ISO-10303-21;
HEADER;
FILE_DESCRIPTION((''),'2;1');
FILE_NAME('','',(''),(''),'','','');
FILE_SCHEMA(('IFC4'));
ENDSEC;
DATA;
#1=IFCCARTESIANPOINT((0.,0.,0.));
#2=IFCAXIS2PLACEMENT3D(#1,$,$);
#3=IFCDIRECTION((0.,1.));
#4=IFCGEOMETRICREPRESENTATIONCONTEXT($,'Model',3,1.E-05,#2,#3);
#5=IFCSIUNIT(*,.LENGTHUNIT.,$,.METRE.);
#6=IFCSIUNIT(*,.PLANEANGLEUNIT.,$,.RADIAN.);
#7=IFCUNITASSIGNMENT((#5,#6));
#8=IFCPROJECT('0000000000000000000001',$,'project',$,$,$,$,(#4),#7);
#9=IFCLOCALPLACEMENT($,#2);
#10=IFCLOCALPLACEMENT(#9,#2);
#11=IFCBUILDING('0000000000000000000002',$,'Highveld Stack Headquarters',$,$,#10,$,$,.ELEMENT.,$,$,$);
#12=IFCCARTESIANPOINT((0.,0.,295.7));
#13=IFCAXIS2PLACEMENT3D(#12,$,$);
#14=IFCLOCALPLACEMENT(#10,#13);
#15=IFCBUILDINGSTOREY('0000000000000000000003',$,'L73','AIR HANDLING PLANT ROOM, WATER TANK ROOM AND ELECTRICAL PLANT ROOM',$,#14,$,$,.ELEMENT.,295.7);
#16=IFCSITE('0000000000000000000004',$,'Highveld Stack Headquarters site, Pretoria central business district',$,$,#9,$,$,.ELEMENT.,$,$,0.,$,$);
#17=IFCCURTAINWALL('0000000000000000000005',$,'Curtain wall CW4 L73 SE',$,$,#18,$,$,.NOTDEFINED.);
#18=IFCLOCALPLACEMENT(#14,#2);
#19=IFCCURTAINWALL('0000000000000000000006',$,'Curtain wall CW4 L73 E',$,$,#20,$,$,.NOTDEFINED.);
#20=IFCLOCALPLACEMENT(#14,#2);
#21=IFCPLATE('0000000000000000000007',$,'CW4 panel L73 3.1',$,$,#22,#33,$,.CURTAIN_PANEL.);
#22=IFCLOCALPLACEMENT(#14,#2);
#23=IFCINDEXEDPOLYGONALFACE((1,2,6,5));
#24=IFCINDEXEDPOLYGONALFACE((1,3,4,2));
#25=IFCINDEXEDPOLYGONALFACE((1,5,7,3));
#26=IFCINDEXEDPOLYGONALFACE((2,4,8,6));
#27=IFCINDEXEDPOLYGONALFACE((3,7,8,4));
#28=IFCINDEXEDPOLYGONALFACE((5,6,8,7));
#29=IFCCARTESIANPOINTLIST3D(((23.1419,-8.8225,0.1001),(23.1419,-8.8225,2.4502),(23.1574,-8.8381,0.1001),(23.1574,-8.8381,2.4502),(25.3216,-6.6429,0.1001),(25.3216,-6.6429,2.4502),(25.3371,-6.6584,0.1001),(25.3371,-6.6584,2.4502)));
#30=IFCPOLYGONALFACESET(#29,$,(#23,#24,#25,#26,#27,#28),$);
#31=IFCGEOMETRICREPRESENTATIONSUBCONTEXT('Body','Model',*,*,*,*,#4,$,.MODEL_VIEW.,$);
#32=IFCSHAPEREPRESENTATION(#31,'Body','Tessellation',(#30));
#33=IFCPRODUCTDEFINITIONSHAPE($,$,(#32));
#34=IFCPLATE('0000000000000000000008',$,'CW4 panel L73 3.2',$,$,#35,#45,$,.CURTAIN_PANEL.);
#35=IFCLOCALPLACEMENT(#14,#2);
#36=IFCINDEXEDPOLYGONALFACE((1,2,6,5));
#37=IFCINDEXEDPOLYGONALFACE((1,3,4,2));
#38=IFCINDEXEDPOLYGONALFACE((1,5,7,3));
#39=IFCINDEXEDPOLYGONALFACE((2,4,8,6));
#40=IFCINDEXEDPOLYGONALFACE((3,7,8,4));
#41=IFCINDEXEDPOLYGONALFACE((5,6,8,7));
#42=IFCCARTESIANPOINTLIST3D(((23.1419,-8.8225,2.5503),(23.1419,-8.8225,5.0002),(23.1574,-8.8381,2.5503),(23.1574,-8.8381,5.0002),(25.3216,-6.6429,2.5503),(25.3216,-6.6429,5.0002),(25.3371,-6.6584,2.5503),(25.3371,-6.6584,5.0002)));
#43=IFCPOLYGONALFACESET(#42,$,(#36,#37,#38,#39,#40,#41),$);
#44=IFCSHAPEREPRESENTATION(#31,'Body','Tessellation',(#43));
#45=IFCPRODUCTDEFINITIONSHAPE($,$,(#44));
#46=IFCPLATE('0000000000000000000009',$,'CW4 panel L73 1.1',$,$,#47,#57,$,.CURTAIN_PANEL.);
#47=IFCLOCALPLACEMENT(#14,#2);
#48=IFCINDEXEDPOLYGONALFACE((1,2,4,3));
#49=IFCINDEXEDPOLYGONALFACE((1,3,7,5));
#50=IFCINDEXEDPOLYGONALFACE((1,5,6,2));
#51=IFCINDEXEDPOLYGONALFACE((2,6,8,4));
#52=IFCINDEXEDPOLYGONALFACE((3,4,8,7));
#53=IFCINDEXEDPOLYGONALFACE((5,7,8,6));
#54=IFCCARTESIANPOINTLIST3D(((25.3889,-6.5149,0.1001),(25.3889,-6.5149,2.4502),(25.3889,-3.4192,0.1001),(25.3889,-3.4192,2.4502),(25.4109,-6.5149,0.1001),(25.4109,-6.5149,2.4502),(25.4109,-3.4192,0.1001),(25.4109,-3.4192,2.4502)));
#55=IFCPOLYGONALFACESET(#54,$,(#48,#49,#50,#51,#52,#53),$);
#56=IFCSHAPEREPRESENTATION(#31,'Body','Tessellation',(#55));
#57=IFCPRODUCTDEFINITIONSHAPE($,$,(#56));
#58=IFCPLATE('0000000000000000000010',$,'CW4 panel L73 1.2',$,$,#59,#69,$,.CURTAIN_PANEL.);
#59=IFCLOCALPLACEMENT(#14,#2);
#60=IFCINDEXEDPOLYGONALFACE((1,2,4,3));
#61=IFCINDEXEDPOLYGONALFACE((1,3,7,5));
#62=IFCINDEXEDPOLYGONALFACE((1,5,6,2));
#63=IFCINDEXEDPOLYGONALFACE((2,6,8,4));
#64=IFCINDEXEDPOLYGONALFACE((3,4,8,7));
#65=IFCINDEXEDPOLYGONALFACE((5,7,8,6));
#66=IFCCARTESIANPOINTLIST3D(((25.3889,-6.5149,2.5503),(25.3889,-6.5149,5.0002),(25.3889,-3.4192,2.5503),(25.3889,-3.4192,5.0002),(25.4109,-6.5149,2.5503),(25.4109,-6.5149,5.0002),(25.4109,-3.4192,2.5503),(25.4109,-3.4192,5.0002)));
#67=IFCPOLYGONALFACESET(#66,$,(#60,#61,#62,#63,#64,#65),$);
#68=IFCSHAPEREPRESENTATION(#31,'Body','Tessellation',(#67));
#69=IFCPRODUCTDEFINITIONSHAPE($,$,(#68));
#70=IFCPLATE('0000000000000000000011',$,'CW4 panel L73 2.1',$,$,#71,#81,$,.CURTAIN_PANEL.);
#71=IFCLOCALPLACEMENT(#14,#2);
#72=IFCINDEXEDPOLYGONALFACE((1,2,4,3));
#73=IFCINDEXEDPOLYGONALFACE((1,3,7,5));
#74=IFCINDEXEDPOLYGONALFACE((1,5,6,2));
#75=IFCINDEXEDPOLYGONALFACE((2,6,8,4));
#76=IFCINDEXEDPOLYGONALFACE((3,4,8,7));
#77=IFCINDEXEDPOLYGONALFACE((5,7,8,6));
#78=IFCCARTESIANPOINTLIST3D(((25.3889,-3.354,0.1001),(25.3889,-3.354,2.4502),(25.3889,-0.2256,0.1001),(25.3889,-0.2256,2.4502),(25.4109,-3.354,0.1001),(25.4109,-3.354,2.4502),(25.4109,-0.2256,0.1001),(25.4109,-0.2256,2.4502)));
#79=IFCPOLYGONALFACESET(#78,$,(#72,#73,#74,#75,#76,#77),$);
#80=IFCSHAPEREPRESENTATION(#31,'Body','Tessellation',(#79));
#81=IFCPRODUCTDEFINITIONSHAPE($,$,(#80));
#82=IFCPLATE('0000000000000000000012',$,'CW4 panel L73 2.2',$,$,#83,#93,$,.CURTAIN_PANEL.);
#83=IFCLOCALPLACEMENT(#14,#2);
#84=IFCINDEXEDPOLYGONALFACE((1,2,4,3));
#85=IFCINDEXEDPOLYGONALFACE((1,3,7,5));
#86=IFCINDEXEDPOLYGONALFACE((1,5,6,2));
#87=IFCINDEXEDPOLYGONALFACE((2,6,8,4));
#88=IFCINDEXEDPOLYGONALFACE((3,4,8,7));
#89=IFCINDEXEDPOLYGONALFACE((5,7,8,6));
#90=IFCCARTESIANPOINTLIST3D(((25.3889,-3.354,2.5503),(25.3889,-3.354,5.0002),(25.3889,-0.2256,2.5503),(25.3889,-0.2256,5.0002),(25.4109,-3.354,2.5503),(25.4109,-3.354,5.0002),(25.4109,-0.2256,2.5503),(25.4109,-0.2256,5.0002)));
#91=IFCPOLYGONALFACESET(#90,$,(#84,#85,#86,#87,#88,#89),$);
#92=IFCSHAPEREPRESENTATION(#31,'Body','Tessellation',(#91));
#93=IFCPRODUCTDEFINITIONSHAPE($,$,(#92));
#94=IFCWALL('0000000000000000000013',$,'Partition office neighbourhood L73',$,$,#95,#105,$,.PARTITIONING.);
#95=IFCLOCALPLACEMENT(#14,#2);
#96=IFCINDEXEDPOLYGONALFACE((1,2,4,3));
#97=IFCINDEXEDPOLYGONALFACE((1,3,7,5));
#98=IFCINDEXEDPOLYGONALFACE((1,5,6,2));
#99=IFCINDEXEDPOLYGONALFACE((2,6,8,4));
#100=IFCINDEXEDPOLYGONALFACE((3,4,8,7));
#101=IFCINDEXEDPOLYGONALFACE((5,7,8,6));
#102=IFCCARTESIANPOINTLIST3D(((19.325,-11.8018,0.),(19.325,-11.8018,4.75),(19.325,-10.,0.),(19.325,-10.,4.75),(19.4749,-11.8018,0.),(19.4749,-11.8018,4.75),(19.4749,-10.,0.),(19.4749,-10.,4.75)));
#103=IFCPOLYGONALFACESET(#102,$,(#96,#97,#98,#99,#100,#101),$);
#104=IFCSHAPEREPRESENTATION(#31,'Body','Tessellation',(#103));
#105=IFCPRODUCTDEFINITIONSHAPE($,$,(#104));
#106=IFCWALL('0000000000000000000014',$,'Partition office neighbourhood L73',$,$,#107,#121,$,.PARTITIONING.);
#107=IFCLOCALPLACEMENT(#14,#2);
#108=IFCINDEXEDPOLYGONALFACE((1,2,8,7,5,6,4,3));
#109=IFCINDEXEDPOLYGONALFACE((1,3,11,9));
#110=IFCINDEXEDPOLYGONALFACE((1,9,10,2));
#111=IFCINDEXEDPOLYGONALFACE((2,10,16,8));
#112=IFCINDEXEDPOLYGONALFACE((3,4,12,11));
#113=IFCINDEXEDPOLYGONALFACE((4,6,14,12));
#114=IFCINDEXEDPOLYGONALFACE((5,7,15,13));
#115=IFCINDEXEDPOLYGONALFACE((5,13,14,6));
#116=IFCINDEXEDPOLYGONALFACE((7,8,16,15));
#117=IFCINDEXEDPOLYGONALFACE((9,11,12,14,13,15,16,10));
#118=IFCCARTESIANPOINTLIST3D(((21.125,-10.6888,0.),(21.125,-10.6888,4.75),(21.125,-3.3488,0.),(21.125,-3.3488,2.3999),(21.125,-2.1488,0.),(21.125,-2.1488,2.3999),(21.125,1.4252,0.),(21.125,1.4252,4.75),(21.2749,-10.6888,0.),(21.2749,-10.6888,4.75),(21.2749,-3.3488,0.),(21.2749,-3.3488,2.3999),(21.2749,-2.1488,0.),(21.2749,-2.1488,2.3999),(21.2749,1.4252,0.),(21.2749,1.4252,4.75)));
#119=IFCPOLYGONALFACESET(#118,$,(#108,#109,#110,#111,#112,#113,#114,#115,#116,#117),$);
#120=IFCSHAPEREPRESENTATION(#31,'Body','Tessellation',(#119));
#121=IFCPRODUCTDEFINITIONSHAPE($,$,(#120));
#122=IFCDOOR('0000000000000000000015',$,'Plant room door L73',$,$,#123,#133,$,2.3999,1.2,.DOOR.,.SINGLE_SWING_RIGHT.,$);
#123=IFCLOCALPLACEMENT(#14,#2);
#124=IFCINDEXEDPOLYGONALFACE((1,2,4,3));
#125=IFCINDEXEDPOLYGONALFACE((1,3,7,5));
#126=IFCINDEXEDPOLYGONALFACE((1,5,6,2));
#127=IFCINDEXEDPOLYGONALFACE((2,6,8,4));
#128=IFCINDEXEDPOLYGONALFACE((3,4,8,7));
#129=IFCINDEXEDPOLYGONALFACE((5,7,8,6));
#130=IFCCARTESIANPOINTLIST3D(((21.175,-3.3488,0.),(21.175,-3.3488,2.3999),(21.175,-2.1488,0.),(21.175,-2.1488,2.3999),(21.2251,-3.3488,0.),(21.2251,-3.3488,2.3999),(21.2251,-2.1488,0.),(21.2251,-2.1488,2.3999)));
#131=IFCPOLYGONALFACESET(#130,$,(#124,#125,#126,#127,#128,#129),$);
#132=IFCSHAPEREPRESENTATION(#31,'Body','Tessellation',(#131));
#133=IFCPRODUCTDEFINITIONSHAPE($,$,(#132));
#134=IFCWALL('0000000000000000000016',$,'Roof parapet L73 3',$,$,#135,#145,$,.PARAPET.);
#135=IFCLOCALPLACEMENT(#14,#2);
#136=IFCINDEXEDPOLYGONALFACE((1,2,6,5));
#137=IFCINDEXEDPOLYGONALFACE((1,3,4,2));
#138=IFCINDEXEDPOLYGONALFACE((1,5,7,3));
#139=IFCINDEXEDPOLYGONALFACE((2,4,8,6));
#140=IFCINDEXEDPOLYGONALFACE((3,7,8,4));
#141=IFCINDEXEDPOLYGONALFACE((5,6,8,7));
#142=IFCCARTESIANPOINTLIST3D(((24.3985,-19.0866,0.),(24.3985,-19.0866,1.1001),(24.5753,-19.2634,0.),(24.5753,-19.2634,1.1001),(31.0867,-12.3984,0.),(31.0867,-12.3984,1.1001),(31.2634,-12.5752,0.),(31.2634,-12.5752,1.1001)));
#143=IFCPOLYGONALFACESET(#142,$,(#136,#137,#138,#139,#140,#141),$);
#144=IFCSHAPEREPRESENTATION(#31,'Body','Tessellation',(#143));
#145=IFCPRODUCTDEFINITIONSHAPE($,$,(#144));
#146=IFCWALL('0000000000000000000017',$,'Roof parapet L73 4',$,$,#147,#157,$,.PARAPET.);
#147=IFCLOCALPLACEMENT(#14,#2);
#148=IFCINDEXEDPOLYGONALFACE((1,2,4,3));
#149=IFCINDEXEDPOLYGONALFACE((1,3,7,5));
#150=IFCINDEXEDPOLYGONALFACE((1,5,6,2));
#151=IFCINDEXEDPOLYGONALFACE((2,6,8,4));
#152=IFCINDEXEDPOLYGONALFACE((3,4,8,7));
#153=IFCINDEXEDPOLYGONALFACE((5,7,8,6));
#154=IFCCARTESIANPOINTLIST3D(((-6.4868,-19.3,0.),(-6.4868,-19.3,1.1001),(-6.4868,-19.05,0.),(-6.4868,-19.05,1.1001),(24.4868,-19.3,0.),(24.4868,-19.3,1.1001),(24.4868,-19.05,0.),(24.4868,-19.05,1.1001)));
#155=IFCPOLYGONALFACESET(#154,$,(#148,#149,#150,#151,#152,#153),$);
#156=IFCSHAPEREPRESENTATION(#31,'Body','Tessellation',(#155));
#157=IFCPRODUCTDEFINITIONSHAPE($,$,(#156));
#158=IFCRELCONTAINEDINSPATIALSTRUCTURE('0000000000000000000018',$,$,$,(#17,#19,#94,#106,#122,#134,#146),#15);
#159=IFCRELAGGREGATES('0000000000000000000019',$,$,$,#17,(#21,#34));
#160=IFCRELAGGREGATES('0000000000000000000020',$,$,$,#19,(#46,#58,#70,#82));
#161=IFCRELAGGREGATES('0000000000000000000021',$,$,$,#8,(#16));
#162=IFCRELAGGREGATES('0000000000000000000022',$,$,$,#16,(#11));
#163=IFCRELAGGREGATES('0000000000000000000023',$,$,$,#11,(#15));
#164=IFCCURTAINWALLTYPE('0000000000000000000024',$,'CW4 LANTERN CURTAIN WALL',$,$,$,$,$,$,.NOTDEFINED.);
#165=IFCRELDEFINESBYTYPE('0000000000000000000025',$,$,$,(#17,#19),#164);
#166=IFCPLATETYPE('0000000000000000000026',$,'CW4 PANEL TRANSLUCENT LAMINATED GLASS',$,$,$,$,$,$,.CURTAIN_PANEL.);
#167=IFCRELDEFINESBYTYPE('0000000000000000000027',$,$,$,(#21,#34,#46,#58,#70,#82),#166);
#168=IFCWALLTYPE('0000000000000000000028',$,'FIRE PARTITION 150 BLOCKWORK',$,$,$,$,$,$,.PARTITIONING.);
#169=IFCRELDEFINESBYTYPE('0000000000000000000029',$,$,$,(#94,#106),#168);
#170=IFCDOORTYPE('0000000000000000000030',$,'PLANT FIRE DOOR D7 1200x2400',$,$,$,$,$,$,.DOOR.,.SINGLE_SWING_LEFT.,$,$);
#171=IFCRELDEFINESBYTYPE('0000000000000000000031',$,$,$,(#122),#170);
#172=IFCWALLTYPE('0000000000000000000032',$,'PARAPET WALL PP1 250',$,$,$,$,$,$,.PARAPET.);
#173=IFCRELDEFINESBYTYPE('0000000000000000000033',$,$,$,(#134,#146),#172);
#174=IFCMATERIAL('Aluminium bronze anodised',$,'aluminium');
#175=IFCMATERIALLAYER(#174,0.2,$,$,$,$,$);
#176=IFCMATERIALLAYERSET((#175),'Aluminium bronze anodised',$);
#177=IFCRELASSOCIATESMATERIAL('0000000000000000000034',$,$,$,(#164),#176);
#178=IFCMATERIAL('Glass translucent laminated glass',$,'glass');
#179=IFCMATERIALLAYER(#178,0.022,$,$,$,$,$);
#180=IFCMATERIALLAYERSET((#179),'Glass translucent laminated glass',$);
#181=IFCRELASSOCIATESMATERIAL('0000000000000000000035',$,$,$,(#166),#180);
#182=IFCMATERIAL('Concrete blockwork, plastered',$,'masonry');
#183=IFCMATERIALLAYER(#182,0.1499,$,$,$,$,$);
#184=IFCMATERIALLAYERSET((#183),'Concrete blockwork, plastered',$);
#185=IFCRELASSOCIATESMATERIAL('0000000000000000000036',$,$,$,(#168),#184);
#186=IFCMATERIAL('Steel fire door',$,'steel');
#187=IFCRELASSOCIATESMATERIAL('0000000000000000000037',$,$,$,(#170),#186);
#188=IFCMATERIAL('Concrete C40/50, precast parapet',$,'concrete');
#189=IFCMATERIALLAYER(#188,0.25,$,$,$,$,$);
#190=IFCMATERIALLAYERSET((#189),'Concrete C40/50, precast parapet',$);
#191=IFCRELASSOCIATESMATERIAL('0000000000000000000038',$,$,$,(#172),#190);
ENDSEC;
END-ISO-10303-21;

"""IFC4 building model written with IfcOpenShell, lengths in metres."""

from ifc_helpers import new_model, si_unit, direction, frame, frame_2d, origin, origin_2d, place, context, subcontext, project, spatial, rectangle, extrude, material, layer, layer_set, type_object, element, fill, aggregate, save


model = new_model("IFC4")

# Units and contexts
model_context = context("Model", 3, precision=1e-05, world=origin(), true_north=direction((0.0, 1.0)))
body_context = subcontext(model_context, "Body", "Model", "MODEL_VIEW")
ifc_project = project(units=[si_unit("LENGTHUNIT", "METRE"), si_unit("PLANEANGLEUNIT", "RADIAN")], contexts=[model_context])

# Site, building, storey
site_placement = place(None, origin())
site = spatial("IfcSite", under=ifc_project, at=site_placement, Name="Highveld Stack Headquarters site, Pretoria central business district", CompositionType="ELEMENT", RefElevation=0.0)
building_placement = place(site_placement, origin())
building = spatial("IfcBuilding", under=site, at=building_placement, Name="Highveld Stack Headquarters", CompositionType="ELEMENT")
storey_placement = place(building_placement, frame((0.0, 0.0, 295.7)))
storey = spatial("IfcBuildingStorey", under=building, at=storey_placement, Name="L73", Description="AIR HANDLING PLANT ROOM, WATER TANK ROOM AND ELECTRICAL PLANT ROOM", CompositionType="ELEMENT", Elevation=295.7)

# Curtain walls
ifc_material_1 = material(Name="Aluminium bronze anodised", Category="aluminium")
ifc_layer_1 = layer(ifc_material_1, 0.2)
ifc_layer_set_1 = layer_set([ifc_layer_1], Name="Aluminium bronze anodised")
curtain_wall_type = type_object("IfcCurtainWallType", Name="CW4 LANTERN CURTAIN WALL", PredefinedType="NOTDEFINED", material=ifc_layer_set_1)
curtain_wall_1_placement = place(storey_placement, origin())
curtain_wall_1 = element("IfcCurtainWall", 1, at=curtain_wall_1_placement, inside=storey, type_object=curtain_wall_type, Name="Curtain wall CW4 L73 SE", PredefinedType="NOTDEFINED")
curtain_wall_2_placement = place(storey_placement, origin())
curtain_wall_2 = element("IfcCurtainWall", 2, at=curtain_wall_2_placement, inside=storey, type_object=curtain_wall_type, Name="Curtain wall CW4 L73 E", PredefinedType="NOTDEFINED")

# Plates
ifc_material_2 = material(Name="Glass translucent laminated glass", Category="glass")
ifc_layer_2 = layer(ifc_material_2, 0.022)
ifc_layer_set_2 = layer_set([ifc_layer_2], Name="Glass translucent laminated glass")
plate_type = type_object("IfcPlateType", Name="CW4 PANEL TRANSLUCENT LAMINATED GLASS", PredefinedType="CURTAIN_PANEL", material=ifc_layer_set_2)
plate_1_placement = place(storey_placement, frame((24.2395, -7.7405, 0.1001), z_axis=(0.0, 0.0, 1.0), x_axis=(0.707107, 0.707107, 0.0)))
plate_1 = element("IfcPlate", 3, at=plate_1_placement, type_object=plate_type, Name="CW4 panel L73 3.1", PredefinedType="CURTAIN_PANEL", context=body_context, shape_type="SweptSolid", body=[
    extrude(rectangle(XDim=3.0825, YDim=0.022, at=origin_2d()), origin(), (0.0, 0.0, 1.0), 2.3501),
])
plate_2_placement = place(storey_placement, frame((24.2395, -7.7405, 2.5503), z_axis=(0.0, 0.0, 1.0), x_axis=(0.707107, 0.707107, 0.0)))
plate_2 = element("IfcPlate", 4, at=plate_2_placement, type_object=plate_type, Name="CW4 panel L73 3.2", PredefinedType="CURTAIN_PANEL", context=body_context, shape_type="SweptSolid", body=[
    extrude(rectangle(XDim=3.0825, YDim=0.022, at=origin_2d()), origin(), (0.0, 0.0, 1.0), 2.45),
])
aggregate(curtain_wall_1, [plate_1, plate_2])
plate_3_placement = place(storey_placement, frame((25.3999, -4.967, 0.1001), z_axis=(0.0, 0.0, 1.0), x_axis=(0.0, 1.0, 0.0)))
plate_3 = element("IfcPlate", 5, at=plate_3_placement, type_object=plate_type, Name="CW4 panel L73 1.1", PredefinedType="CURTAIN_PANEL", context=body_context, shape_type="SweptSolid", body=[
    extrude(rectangle(XDim=3.0957, YDim=0.022, at=origin_2d()), origin(), (0.0, 0.0, 1.0), 2.3501),
])
plate_4_placement = place(storey_placement, frame((25.3999, -4.967, 2.5503), z_axis=(0.0, 0.0, 1.0), x_axis=(0.0, 1.0, 0.0)))
plate_4 = element("IfcPlate", 6, at=plate_4_placement, type_object=plate_type, Name="CW4 panel L73 1.2", PredefinedType="CURTAIN_PANEL", context=body_context, shape_type="SweptSolid", body=[
    extrude(rectangle(XDim=3.0957, YDim=0.022, at=origin_2d()), origin(), (0.0, 0.0, 1.0), 2.45),
])
plate_5_placement = place(storey_placement, frame((25.3999, -1.7898, 0.1001), z_axis=(0.0, 0.0, 1.0), x_axis=(0.0, 1.0, 0.0)))
plate_5 = element("IfcPlate", 7, at=plate_5_placement, type_object=plate_type, Name="CW4 panel L73 2.1", PredefinedType="CURTAIN_PANEL", context=body_context, shape_type="SweptSolid", body=[
    extrude(rectangle(XDim=3.1284, YDim=0.022, at=origin_2d()), origin(), (0.0, 0.0, 1.0), 2.3501),
])
plate_6_placement = place(storey_placement, frame((25.3999, -1.7898, 2.5503), z_axis=(0.0, 0.0, 1.0), x_axis=(0.0, 1.0, 0.0)))
plate_6 = element("IfcPlate", 8, at=plate_6_placement, type_object=plate_type, Name="CW4 panel L73 2.2", PredefinedType="CURTAIN_PANEL", context=body_context, shape_type="SweptSolid", body=[
    extrude(rectangle(XDim=3.1284, YDim=0.022, at=origin_2d()), origin(), (0.0, 0.0, 1.0), 2.45),
])
aggregate(curtain_wall_2, [plate_3, plate_4, plate_5, plate_6])

# Wall
ifc_material_3 = material(Name="Concrete blockwork, plastered", Category="masonry")
ifc_layer_3 = layer(ifc_material_3, 0.1499)
ifc_layer_set_3 = layer_set([ifc_layer_3], Name="Concrete blockwork, plastered")
wall_type_1 = type_object("IfcWallType", Name="FIRE PARTITION 150 BLOCKWORK", PredefinedType="PARTITIONING", material=ifc_layer_set_3)
wall_1_placement = place(storey_placement, frame((19.3999, -11.8018, 0.0), z_axis=(0.0, 0.0, 1.0), x_axis=(0.0, 1.0, 0.0)))
element("IfcWall", 9, at=wall_1_placement, inside=storey, type_object=wall_type_1, Name="Partition office neighbourhood L73", PredefinedType="PARTITIONING", context=body_context, shape_type="SweptSolid", body=[
    extrude(rectangle(XDim=1.8018, YDim=0.1499, at=frame_2d((0.9009, 0.0))), origin(), (0.0, 0.0, 1.0), 4.75),
])

# Wall, opening, door
wall_2_placement = place(storey_placement, frame((21.2, -10.689, 0.0), z_axis=(0.0, 0.0, 1.0), x_axis=(0.0, 1.0, 0.0)))
wall_2 = element("IfcWall", 10, at=wall_2_placement, inside=storey, type_object=wall_type_1, Name="Partition office neighbourhood L73", PredefinedType="PARTITIONING", context=body_context, shape_type="SweptSolid", body=[
    extrude(rectangle(XDim=12.114, YDim=0.1499, at=frame_2d((6.0571, 0.0))), origin(), (0.0, 0.0, 1.0), 4.75),
])
opening_placement = place(wall_2_placement, frame((7.3401, 0.0, 0.0)))
opening = element("IfcOpeningElement", 11, at=opening_placement, cuts=wall_2, PredefinedType="OPENING", context=body_context, shape_type="SweptSolid", body=[
    extrude(rectangle(XDim=1.2, YDim=2.3999, at=frame_2d((0.6001, 1.2))), frame((0.0, 0.085, 0.0), z_axis=(0.0, -1.0, 0.0), x_axis=(1.0, 0.0, 0.0)), (0.0, 0.0, 1.0), 0.1699),
])
ifc_material_4 = material(Name="Steel fire door", Category="steel")
door_type = type_object("IfcDoorType", Name="PLANT FIRE DOOR D7 1200x2400", OperationType="SINGLE_SWING_LEFT", PredefinedType="DOOR", material=ifc_material_4)
door_placement = place(opening_placement, origin())
door = element("IfcDoor", 12, at=door_placement, inside=storey, type_object=door_type, Name="Plant room door L73", OperationType="SINGLE_SWING_RIGHT", OverallHeight=2.3999, OverallWidth=1.2, PredefinedType="DOOR", context=body_context, shape_type="SweptSolid", body=[
    extrude(rectangle(XDim=1.2, YDim=2.3999, at=frame_2d((0.6001, 1.2))), frame((0.0, 0.0249, 0.0), z_axis=(0.0, -1.0, 0.0), x_axis=(1.0, 0.0, 0.0)), (0.0, 0.0, 1.0), 0.05),
])
fill(opening, door)

# Walls
ifc_material_5 = material(Name="Concrete C40/50, precast parapet", Category="concrete")
ifc_layer_4 = layer(ifc_material_5, 0.25)
ifc_layer_set_4 = layer_set([ifc_layer_4], Name="Concrete C40/50, precast parapet")
wall_type_2 = type_object("IfcWallType", Name="PARAPET WALL PP1 250", PredefinedType="PARAPET", material=ifc_layer_set_4)
wall_3_placement = place(storey_placement, frame((31.175, -12.4868, 0.0), z_axis=(0.0, 0.0, 1.0), x_axis=(-0.707107, -0.707107, 0.0)))
element("IfcWall", 13, at=wall_3_placement, inside=storey, type_object=wall_type_2, Name="Roof parapet L73 3", PredefinedType="PARAPET", context=body_context, shape_type="SweptSolid", body=[
    extrude(rectangle(XDim=9.4585, YDim=0.25, at=frame_2d((4.7292, 0.0))), origin(), (0.0, 0.0, 1.0), 1.1001),
])
wall_4_placement = place(storey_placement, frame((24.4868, -19.175, 0.0), z_axis=(0.0, 0.0, 1.0), x_axis=(-1.0, 0.0, 0.0)))
element("IfcWall", 14, at=wall_4_placement, inside=storey, type_object=wall_type_2, Name="Roof parapet L73 4", PredefinedType="PARAPET", context=body_context, shape_type="SweptSolid", body=[
    extrude(rectangle(XDim=30.9736, YDim=0.25, at=frame_2d((15.4868, 0.0))), origin(), (0.0, 0.0, 1.0), 1.1001),
])

save(model, "model.ifc")
